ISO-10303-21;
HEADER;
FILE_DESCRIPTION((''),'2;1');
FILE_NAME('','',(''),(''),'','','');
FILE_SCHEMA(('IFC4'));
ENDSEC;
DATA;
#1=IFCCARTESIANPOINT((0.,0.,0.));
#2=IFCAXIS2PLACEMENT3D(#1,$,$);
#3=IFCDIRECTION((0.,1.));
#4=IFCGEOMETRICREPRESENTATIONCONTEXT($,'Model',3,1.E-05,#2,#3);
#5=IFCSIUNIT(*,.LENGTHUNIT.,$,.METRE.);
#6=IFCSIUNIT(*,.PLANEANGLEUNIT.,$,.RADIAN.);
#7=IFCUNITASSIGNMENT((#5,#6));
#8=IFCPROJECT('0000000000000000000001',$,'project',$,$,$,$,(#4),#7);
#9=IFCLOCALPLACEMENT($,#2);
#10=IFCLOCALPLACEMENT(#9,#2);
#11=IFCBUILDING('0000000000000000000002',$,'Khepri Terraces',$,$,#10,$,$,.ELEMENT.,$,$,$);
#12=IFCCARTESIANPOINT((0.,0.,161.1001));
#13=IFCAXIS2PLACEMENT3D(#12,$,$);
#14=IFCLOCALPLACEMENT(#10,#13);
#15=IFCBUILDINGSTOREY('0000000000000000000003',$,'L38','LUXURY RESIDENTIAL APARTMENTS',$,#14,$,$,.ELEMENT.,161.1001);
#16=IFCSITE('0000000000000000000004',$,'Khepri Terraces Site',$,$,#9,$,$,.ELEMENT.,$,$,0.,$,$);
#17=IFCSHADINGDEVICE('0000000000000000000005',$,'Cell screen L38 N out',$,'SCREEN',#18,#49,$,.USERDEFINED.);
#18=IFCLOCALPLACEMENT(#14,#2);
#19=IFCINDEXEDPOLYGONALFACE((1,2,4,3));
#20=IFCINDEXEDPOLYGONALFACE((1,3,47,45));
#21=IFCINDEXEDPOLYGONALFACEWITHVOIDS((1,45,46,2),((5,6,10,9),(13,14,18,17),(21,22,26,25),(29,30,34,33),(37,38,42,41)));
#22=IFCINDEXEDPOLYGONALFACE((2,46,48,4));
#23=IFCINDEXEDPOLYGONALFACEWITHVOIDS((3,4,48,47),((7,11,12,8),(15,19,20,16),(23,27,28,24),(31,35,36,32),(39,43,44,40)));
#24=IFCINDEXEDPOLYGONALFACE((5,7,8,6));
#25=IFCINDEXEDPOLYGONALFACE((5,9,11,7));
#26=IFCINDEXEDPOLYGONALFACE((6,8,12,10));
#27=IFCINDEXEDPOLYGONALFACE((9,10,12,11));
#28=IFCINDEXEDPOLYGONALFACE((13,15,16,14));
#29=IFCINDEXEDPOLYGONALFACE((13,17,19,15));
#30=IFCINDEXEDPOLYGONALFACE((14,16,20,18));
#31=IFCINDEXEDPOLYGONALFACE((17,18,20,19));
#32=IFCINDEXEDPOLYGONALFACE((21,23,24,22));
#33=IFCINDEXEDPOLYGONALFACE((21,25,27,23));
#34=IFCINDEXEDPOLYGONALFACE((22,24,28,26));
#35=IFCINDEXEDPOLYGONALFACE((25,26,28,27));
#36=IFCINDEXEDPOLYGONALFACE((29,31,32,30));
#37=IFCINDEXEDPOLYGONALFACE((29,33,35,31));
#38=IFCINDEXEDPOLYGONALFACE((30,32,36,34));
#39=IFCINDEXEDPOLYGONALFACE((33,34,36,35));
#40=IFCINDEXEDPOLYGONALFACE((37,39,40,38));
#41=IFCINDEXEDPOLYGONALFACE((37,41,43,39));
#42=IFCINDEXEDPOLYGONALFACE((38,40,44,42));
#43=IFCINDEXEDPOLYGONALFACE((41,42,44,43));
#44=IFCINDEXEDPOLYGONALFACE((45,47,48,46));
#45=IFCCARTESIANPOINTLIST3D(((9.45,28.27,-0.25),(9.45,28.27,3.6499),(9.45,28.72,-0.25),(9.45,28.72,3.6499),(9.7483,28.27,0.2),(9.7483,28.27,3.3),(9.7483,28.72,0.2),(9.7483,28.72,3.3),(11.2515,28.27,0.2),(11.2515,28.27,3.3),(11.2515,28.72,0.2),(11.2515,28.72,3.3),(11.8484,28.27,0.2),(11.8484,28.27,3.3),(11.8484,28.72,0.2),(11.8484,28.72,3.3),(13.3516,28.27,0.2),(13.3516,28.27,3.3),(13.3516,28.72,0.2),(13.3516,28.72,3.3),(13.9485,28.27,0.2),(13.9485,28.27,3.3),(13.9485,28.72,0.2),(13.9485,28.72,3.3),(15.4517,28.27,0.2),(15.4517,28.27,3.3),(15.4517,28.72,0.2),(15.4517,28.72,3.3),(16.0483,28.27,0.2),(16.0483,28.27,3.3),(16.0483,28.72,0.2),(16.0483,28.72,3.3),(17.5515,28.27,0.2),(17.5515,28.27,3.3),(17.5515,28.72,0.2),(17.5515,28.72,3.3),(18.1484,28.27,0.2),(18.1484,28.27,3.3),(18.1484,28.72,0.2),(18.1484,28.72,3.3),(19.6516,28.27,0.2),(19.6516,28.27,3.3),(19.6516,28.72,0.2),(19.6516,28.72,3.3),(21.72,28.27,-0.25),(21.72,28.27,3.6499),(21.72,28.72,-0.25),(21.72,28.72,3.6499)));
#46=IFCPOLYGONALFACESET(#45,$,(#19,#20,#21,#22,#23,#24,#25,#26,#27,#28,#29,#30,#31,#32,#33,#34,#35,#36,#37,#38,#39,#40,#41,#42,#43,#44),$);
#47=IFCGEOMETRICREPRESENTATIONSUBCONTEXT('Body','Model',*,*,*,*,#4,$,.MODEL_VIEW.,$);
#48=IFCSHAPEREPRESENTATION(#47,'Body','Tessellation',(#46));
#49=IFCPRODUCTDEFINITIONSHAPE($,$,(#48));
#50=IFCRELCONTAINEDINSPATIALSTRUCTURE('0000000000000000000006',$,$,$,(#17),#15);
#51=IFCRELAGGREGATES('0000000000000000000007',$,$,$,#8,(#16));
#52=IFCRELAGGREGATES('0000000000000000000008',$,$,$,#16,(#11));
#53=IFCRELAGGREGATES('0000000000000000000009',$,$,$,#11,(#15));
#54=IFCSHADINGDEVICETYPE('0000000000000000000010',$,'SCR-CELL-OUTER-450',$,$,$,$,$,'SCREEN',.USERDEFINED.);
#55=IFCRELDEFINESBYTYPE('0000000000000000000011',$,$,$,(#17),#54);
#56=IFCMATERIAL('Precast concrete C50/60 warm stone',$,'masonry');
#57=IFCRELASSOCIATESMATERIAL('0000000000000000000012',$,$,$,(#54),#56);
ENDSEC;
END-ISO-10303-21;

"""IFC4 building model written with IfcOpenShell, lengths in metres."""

from ifc_helpers import new_model, si_unit, direction, frame, origin, place, context, subcontext, project, spatial, polyline, outline, extrude, material, type_object, element, save


model = new_model("IFC4")

# Units and contexts
model_context = context("Model", 3, precision=1e-05, world=origin(), true_north=direction((0.0, 1.0)))
body_context = subcontext(model_context, "Body", "Model", "MODEL_VIEW")
ifc_project = project(units=[si_unit("LENGTHUNIT", "METRE"), si_unit("PLANEANGLEUNIT", "RADIAN")], contexts=[model_context])

# Site, building, storey
site_placement = place(None, origin())
site = spatial("IfcSite", under=ifc_project, at=site_placement, Name="Khepri Terraces Site", CompositionType="ELEMENT", RefElevation=0.0)
building_placement = place(site_placement, origin())
building = spatial("IfcBuilding", under=site, at=building_placement, Name="Khepri Terraces", CompositionType="ELEMENT")
storey_placement = place(building_placement, frame((0.0, 0.0, 161.1001)))
storey = spatial("IfcBuildingStorey", under=building, at=storey_placement, Name="L38", Description="LUXURY RESIDENTIAL APARTMENTS", CompositionType="ELEMENT", Elevation=161.1001)

# Shared definitions
ifc_material_1 = material(Name="Precast concrete C50/60 warm stone", Category="masonry")

# Shading device
shading_device_type_1 = type_object("IfcShadingDeviceType", Name="SCR-CELL-OUTER-450", ElementType="SCREEN", PredefinedType="USERDEFINED", material=ifc_material_1)
shading_device_1_placement = place(storey_placement, frame((21.72, 28.27, -0.25), z_axis=(0.0, 1.0, 0.0), x_axis=(-1.0, 0.0, 0.0)))
element("IfcShadingDevice", 1, at=shading_device_1_placement, inside=storey, type_object=shading_device_type_1, Name="Cell screen L38 N out", ObjectType="SCREEN", PredefinedType="USERDEFINED", context=body_context, shape_type="SweptSolid", body=[
    extrude(outline(polyline([(0.0, 0.0), (12.27, 0.0), (12.27, 3.8999), (0.0, 3.8999), (0.0, 0.0)]), holes=[polyline([(2.0684, 0.45), (3.5715, 0.45), (3.5715, 3.55), (2.0684, 3.55), (2.0684, 0.45)]), polyline([(4.1685, 0.45), (5.6716, 0.45), (5.6716, 3.55), (4.1685, 3.55), (4.1685, 0.45)]), polyline([(6.2683, 0.45), (7.7715, 0.45), (7.7715, 3.55), (6.2683, 3.55), (6.2683, 0.45)]), polyline([(8.3684, 0.45), (9.8716, 0.45), (9.8716, 3.55), (8.3684, 3.55), (8.3684, 0.45)]), polyline([(10.4685, 0.45), (11.9717, 0.45), (11.9717, 3.55), (10.4685, 3.55), (10.4685, 0.45)])]), origin(), (0.0, 0.0, 1.0), 0.45),
])

save(model, "model.ifc")
